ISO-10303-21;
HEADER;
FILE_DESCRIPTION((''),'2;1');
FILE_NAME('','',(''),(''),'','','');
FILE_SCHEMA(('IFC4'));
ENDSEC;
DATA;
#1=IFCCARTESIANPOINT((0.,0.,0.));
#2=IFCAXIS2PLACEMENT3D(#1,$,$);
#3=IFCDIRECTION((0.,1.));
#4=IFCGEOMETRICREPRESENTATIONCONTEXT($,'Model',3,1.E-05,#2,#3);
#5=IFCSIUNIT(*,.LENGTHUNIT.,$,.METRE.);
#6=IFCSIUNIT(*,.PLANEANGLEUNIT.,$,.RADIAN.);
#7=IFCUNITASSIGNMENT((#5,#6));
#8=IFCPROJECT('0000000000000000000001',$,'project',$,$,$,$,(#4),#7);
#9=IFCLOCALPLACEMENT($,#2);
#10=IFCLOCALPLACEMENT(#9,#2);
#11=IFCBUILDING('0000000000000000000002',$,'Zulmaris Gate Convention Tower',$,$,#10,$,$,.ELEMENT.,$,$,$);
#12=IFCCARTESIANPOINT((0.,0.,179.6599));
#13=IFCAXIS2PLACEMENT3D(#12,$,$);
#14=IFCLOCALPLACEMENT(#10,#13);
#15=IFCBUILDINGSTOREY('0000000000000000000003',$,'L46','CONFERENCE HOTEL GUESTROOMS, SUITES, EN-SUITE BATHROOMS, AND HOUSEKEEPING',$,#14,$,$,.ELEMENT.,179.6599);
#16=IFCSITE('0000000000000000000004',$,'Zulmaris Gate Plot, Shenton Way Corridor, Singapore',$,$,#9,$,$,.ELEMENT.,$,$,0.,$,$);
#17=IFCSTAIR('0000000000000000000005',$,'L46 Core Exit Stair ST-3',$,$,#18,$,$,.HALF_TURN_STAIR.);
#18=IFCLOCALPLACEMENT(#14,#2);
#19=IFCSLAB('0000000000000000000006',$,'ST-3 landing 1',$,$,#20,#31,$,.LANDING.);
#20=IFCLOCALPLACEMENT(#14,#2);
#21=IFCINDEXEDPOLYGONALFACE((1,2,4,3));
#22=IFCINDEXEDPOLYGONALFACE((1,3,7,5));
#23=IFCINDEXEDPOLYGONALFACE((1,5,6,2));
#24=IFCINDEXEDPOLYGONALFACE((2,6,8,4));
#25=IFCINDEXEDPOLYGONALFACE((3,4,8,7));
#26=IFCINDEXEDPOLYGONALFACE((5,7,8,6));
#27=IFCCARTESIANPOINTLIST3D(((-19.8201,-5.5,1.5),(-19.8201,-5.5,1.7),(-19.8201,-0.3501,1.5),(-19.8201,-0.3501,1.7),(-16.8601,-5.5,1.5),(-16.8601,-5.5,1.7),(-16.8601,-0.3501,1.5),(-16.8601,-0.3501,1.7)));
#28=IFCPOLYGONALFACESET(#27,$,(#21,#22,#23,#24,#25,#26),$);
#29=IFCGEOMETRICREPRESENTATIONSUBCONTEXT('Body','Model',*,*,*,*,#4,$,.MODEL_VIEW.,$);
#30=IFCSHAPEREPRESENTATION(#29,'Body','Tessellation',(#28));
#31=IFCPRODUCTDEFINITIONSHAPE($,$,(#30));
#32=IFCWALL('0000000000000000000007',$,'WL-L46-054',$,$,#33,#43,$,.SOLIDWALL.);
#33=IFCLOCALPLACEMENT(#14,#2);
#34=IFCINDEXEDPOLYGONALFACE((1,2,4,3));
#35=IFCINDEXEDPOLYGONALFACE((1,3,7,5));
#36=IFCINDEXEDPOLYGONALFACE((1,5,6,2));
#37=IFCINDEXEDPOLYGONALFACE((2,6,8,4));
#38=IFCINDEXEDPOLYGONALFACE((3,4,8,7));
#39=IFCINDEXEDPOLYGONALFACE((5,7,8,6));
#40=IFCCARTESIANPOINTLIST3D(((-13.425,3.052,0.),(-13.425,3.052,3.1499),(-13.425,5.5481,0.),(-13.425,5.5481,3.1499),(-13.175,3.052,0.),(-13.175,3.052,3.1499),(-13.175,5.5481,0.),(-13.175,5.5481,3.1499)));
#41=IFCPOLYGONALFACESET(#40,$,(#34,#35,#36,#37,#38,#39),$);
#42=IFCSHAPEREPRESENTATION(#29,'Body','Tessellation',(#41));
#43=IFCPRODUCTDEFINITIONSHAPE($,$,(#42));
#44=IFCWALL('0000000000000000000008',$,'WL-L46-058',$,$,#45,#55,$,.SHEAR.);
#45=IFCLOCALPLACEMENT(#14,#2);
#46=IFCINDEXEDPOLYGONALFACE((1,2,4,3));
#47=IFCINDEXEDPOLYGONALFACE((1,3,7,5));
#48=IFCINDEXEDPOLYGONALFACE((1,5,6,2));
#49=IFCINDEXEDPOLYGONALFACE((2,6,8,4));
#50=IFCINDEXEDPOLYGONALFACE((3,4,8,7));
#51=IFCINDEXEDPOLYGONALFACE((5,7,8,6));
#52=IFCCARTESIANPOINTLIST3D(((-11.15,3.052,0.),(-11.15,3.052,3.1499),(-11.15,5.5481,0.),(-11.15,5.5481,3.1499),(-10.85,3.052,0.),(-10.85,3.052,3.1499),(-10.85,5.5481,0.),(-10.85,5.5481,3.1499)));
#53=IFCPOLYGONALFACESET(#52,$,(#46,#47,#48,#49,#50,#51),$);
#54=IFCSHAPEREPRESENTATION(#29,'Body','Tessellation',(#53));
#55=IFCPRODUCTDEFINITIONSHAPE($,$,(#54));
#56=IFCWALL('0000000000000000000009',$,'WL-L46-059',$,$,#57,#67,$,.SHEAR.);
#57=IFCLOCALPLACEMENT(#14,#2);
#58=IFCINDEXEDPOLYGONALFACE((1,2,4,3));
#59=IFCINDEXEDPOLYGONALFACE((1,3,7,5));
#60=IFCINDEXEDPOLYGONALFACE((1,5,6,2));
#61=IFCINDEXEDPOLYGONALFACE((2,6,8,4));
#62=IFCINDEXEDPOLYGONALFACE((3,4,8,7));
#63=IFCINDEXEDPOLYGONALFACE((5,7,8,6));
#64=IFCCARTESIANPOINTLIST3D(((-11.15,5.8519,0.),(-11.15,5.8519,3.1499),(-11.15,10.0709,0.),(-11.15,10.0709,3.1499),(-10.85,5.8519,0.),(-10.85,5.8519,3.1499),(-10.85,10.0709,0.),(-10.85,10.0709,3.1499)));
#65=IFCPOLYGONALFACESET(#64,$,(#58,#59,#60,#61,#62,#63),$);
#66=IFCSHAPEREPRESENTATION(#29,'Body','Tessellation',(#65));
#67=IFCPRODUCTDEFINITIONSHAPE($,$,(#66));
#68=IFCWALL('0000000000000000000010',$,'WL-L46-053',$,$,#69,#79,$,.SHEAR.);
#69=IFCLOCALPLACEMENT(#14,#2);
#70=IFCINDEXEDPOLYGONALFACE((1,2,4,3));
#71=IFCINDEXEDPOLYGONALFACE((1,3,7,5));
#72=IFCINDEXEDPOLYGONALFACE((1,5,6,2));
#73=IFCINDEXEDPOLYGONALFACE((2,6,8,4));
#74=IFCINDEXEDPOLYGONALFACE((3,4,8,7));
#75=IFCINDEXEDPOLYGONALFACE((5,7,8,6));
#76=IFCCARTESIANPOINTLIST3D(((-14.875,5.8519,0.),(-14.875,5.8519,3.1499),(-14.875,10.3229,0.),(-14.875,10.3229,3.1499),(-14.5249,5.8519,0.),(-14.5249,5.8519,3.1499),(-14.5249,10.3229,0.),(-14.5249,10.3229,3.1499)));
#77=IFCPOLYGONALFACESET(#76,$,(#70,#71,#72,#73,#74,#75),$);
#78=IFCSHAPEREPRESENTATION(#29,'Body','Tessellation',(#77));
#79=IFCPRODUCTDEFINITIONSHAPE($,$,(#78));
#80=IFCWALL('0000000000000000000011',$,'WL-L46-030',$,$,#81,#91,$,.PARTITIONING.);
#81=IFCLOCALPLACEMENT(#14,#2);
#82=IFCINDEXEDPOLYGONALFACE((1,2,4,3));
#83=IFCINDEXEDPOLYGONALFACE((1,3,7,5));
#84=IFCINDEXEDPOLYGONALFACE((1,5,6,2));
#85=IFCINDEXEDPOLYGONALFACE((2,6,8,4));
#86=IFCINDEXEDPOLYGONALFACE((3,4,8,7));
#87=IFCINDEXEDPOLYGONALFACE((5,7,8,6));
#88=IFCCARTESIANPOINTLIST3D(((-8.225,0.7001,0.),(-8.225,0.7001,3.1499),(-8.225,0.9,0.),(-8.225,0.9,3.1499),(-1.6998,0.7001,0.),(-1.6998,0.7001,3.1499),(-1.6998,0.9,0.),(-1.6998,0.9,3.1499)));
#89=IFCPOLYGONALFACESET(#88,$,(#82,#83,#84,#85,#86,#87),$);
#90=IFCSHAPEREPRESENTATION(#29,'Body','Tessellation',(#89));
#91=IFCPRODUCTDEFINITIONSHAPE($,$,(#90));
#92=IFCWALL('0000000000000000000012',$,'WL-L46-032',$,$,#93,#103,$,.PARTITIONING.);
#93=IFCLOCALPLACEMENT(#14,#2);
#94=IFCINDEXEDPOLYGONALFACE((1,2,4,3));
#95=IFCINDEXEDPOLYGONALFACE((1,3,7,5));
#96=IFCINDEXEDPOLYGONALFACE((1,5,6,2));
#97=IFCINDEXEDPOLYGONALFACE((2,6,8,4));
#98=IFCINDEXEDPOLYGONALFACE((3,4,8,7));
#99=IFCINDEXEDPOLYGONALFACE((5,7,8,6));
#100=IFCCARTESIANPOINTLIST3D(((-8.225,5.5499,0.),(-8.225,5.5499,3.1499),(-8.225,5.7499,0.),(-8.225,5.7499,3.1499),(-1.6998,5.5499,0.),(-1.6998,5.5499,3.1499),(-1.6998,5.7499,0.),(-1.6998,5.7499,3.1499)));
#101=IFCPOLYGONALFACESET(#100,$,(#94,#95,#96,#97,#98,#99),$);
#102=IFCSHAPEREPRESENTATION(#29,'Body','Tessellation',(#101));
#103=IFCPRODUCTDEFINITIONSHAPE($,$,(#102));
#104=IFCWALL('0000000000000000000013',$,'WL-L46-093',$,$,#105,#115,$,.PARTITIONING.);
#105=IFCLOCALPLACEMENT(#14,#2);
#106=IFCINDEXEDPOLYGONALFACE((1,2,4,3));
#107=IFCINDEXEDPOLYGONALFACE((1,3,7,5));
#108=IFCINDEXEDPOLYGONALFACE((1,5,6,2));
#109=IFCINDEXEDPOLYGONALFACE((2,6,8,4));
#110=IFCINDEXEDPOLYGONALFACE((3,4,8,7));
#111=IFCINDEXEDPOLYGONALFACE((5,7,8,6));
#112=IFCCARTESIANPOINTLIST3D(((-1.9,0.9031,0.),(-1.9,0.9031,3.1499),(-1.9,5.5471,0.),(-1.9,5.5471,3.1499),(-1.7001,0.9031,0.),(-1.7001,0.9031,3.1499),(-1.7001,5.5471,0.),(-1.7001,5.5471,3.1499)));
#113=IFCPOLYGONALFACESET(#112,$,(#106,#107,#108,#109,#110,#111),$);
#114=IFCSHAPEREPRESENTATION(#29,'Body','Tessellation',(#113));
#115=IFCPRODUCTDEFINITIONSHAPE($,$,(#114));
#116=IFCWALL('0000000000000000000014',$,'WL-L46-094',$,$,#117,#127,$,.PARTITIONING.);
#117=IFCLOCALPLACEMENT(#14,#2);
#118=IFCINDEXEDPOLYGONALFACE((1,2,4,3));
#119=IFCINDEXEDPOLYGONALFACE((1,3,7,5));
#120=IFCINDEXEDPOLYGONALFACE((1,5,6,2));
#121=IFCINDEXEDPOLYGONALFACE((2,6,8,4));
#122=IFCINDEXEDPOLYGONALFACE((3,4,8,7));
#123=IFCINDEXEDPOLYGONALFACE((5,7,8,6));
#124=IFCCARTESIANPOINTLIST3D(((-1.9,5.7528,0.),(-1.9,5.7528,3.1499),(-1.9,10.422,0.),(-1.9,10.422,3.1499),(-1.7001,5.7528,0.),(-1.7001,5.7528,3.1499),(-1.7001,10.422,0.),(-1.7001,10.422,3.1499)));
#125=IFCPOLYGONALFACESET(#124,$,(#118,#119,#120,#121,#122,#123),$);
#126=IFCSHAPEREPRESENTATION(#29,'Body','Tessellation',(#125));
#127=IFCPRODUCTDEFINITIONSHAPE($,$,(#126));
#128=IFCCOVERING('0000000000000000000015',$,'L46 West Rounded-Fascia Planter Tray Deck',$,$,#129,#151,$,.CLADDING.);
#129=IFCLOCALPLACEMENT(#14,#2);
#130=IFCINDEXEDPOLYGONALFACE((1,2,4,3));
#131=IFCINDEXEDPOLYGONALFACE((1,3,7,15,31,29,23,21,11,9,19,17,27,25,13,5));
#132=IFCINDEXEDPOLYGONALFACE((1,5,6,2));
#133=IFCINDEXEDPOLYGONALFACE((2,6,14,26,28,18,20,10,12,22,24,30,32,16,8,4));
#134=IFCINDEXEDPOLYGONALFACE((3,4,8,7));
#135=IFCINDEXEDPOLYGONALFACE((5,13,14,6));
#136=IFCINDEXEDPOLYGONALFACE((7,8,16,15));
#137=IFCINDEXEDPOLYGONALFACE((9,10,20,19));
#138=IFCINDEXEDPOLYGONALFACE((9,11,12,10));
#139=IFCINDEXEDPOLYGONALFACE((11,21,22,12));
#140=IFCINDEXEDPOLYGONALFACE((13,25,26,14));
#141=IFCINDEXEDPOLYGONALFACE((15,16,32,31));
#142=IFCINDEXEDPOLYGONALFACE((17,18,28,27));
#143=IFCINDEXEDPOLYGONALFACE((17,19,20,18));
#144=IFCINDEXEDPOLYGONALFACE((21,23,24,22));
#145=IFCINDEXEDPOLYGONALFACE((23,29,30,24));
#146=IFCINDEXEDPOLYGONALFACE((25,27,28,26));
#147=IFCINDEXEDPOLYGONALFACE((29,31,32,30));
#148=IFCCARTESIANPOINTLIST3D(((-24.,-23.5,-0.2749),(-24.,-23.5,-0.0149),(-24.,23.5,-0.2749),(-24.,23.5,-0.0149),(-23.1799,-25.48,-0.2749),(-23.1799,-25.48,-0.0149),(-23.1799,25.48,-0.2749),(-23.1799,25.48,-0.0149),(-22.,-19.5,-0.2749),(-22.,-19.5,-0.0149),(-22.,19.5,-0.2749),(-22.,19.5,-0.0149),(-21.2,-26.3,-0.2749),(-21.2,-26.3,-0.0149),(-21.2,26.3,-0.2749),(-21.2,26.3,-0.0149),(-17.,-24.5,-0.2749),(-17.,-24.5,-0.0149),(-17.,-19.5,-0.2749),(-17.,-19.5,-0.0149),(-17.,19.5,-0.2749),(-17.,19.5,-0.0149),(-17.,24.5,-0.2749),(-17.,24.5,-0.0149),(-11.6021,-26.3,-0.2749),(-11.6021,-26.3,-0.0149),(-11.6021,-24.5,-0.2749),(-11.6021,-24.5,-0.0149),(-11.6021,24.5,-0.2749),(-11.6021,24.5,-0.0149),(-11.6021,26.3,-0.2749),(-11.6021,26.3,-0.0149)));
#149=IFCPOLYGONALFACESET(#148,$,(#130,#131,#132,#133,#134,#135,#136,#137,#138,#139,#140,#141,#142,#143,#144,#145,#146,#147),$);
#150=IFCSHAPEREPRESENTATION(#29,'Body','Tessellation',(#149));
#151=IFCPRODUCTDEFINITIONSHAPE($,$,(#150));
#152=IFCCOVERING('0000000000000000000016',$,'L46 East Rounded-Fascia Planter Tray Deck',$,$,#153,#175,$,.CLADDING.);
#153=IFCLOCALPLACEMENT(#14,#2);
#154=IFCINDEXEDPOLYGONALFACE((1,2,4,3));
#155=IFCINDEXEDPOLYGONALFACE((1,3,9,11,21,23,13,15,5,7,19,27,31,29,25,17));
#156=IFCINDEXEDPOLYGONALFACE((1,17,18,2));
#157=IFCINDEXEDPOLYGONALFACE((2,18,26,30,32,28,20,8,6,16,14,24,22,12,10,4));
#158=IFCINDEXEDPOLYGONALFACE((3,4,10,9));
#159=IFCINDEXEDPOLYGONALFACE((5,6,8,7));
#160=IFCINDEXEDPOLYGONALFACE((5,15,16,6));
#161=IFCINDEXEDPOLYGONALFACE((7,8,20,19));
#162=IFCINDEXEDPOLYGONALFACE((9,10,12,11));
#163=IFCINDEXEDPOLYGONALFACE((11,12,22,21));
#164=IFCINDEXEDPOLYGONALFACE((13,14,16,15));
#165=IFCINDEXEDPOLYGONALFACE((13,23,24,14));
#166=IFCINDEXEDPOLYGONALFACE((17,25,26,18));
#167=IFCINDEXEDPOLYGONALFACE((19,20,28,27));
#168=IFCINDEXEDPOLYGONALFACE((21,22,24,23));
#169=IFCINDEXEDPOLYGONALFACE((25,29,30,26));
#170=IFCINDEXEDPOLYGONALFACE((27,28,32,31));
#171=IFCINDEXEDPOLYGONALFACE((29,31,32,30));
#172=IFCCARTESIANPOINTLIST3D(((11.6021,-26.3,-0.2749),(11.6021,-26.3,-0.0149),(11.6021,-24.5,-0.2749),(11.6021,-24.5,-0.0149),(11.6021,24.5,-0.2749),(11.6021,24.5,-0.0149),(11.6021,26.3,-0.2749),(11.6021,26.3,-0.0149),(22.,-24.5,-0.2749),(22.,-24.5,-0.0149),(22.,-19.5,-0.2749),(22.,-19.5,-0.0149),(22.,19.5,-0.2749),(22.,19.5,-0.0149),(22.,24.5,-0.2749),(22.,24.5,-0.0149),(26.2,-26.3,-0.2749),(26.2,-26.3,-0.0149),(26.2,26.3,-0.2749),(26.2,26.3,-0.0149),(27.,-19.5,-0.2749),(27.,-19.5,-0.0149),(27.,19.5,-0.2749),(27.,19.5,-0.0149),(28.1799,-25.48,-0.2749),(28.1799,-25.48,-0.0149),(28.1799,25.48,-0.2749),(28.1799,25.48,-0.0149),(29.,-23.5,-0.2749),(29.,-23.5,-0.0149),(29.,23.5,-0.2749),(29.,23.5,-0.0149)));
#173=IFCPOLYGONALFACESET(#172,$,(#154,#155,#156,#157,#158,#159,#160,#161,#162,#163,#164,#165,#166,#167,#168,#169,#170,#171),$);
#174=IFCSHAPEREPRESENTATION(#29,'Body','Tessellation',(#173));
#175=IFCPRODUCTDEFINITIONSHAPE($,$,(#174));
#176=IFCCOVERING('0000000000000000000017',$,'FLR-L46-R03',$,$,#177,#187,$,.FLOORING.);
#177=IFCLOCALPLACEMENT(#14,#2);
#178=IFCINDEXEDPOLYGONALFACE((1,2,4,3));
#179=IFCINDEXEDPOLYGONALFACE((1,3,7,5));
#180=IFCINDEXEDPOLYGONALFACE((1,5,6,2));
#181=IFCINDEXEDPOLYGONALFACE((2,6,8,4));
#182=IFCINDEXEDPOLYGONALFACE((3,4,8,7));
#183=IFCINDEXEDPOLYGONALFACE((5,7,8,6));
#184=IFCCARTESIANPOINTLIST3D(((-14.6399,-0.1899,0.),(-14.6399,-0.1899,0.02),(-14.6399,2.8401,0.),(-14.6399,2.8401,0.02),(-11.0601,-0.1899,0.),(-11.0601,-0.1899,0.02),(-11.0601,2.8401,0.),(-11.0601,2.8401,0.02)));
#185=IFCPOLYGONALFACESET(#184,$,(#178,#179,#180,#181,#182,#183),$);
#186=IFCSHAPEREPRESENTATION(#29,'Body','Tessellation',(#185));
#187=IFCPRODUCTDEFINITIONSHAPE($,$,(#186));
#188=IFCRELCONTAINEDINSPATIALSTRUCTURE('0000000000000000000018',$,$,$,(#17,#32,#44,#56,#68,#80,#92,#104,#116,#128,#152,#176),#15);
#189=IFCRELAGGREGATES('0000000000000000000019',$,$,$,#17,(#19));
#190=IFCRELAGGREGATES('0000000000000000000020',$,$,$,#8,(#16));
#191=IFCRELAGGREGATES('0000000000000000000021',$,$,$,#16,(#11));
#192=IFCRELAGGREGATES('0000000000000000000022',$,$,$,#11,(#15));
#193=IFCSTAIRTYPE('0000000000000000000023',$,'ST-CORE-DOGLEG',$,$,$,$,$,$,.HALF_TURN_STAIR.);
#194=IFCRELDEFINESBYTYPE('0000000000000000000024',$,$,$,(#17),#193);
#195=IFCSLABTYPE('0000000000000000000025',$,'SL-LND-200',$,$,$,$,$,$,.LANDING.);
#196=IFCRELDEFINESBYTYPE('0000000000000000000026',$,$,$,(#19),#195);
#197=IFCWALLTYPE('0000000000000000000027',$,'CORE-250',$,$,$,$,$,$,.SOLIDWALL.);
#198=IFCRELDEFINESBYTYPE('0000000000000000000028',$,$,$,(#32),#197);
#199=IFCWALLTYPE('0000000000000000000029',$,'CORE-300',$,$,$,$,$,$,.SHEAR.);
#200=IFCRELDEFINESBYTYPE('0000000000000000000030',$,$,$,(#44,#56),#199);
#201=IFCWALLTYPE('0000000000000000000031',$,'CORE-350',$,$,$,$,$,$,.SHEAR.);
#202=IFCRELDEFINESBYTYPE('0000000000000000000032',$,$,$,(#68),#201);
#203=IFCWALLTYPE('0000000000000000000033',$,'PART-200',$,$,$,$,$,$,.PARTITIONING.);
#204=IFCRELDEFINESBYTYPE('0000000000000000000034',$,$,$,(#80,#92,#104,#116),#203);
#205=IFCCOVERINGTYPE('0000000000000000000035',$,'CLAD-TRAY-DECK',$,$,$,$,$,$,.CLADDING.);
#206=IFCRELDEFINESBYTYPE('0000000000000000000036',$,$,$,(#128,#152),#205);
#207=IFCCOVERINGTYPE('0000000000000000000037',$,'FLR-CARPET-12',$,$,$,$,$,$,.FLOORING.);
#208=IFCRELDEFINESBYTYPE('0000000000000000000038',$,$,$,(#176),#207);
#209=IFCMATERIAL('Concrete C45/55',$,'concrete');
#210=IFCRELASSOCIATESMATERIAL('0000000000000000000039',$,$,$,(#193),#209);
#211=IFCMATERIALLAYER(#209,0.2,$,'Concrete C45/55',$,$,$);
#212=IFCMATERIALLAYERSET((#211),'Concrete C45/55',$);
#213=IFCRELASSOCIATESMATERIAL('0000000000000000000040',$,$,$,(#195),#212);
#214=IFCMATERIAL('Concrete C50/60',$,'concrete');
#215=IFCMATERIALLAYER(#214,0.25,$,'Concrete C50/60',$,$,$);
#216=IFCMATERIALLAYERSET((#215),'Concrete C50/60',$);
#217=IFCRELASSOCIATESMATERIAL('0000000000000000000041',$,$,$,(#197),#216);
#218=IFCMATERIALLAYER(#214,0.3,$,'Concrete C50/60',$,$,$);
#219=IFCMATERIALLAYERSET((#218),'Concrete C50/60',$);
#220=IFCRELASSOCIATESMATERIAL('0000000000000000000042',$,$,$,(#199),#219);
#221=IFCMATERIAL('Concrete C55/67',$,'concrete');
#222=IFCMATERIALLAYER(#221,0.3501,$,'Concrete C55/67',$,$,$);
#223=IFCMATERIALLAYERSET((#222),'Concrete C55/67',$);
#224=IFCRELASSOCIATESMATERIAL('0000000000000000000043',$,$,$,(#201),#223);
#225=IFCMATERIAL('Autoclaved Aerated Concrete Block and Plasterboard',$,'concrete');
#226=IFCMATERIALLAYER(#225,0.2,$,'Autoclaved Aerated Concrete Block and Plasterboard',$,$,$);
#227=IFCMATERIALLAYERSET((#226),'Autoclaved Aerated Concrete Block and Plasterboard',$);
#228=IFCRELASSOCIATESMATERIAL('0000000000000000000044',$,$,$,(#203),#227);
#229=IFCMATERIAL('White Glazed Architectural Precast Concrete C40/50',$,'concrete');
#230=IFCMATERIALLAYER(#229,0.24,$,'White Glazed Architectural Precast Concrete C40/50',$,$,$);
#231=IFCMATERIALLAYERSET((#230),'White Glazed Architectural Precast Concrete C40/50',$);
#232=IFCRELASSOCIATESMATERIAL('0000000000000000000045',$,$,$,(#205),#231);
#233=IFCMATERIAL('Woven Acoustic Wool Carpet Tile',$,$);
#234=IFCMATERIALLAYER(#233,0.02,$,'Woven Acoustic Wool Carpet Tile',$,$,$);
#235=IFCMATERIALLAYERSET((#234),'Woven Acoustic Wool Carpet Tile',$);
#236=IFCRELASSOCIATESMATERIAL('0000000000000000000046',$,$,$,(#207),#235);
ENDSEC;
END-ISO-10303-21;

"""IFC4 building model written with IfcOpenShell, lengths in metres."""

from ifc_helpers import new_model, si_unit, direction, frame, frame_2d, origin, place, context, subcontext, project, spatial, polyline, rectangle, outline, extrude, material, layer, layer_set, type_object, element, aggregate, save


model = new_model("IFC4")

# Units and contexts
model_context = context("Model", 3, precision=1e-05, world=origin(), true_north=direction((0.0, 1.0)))
body_context = subcontext(model_context, "Body", "Model", "MODEL_VIEW")
ifc_project = project(units=[si_unit("LENGTHUNIT", "METRE"), si_unit("PLANEANGLEUNIT", "RADIAN")], contexts=[model_context])

# Site, building, storey
site_placement = place(None, origin())
site = spatial("IfcSite", under=ifc_project, at=site_placement, Name="Zulmaris Gate Plot, Shenton Way Corridor, Singapore", CompositionType="ELEMENT", RefElevation=0.0)
building_placement = place(site_placement, origin())
building = spatial("IfcBuilding", under=site, at=building_placement, Name="Zulmaris Gate Convention Tower", CompositionType="ELEMENT")
storey_placement = place(building_placement, frame((0.0, 0.0, 179.6599)))
storey = spatial("IfcBuildingStorey", under=building, at=storey_placement, Name="L46", Description="CONFERENCE HOTEL GUESTROOMS, SUITES, EN-SUITE BATHROOMS, AND HOUSEKEEPING", CompositionType="ELEMENT", Elevation=179.6599)

# Shared definitions
ifc_material_1 = material(Name="Concrete C50/60", Category="concrete")

# Stair, slab
ifc_material_2 = material(Name="Concrete C45/55", Category="concrete")
stair_type = type_object("IfcStairType", Name="ST-CORE-DOGLEG", PredefinedType="HALF_TURN_STAIR", material=ifc_material_2)
ifc_layer_1 = layer(ifc_material_2, 0.2, Name="Concrete C45/55")
ifc_layer_set_1 = layer_set([ifc_layer_1], Name="Concrete C45/55")
slab_type_1 = type_object("IfcSlabType", Name="SL-LND-200", PredefinedType="LANDING", material=ifc_layer_set_1)
stair_1_placement = place(storey_placement, origin())
stair_1 = element("IfcStair", 1, at=stair_1_placement, inside=storey, type_object=stair_type, Name="L46 Core Exit Stair ST-3", PredefinedType="HALF_TURN_STAIR")
slab_1_placement = place(storey_placement, frame((0.0, 0.0, 1.5)))
slab_1 = element("IfcSlab", 2, at=slab_1_placement, type_object=slab_type_1, Name="ST-3 landing 1", PredefinedType="LANDING", context=body_context, shape_type="SweptSolid", body=[
    extrude(outline(polyline([(-16.8601, -5.5), (-16.8601, -0.3501), (-19.8201, -0.3501), (-19.8201, -5.5), (-16.8601, -5.5)])), origin(), (0.0, 0.0, 1.0), 0.2),
])
aggregate(stair_1, [slab_1])

# Wall
ifc_layer_2 = layer(ifc_material_1, 0.25, Name="Concrete C50/60")
ifc_layer_set_2 = layer_set([ifc_layer_2], Name="Concrete C50/60")
wall_type_1 = type_object("IfcWallType", Name="CORE-250", PredefinedType="SOLIDWALL", material=ifc_layer_set_2)
wall_1_placement = place(storey_placement, frame((-13.3, 3.052, 0.0), z_axis=(0.0, 0.0, 1.0), x_axis=(0.0, 1.0, 0.0)))
element("IfcWall", 3, at=wall_1_placement, inside=storey, type_object=wall_type_1, Name="WL-L46-054", PredefinedType="SOLIDWALL", context=body_context, shape_type="SweptSolid", body=[
    extrude(rectangle(XDim=2.4961, YDim=0.25, at=frame_2d((1.248, 0.0))), origin(), (0.0, 0.0, 1.0), 3.1499),
])

# Shared definitions
ifc_layer_3 = layer(ifc_material_1, 0.3, Name="Concrete C50/60")
ifc_layer_set_3 = layer_set([ifc_layer_3], Name="Concrete C50/60")
wall_type_2 = type_object("IfcWallType", Name="CORE-300", PredefinedType="SHEAR", material=ifc_layer_set_3)

# Walls
wall_2_placement = place(storey_placement, frame((-11.0, 3.052, 0.0), z_axis=(0.0, 0.0, 1.0), x_axis=(0.0, 1.0, 0.0)))
element("IfcWall", 4, at=wall_2_placement, inside=storey, type_object=wall_type_2, Name="WL-L46-058", PredefinedType="SHEAR", context=body_context, shape_type="SweptSolid", body=[
    extrude(rectangle(XDim=2.4961, YDim=0.3, at=frame_2d((1.248, 0.0))), origin(), (0.0, 0.0, 1.0), 3.1499),
])
wall_3_placement = place(storey_placement, frame((-11.0, 5.8521, 0.0), z_axis=(0.0, 0.0, 1.0), x_axis=(0.0, 1.0, 0.0)))
element("IfcWall", 5, at=wall_3_placement, inside=storey, type_object=wall_type_2, Name="WL-L46-059", PredefinedType="SHEAR", context=body_context, shape_type="SweptSolid", body=[
    extrude(rectangle(XDim=4.219, YDim=0.3, at=frame_2d((2.1094, 0.0))), origin(), (0.0, 0.0, 1.0), 3.1499),
])
ifc_material_3 = material(Name="Concrete C55/67", Category="concrete")
ifc_layer_4 = layer(ifc_material_3, 0.3501, Name="Concrete C55/67")
ifc_layer_set_4 = layer_set([ifc_layer_4], Name="Concrete C55/67")
wall_type_3 = type_object("IfcWallType", Name="CORE-350", PredefinedType="SHEAR", material=ifc_layer_set_4)
wall_4_placement = place(storey_placement, frame((-14.7, 5.8521, 0.0), z_axis=(0.0, 0.0, 1.0), x_axis=(0.0, 1.0, 0.0)))
element("IfcWall", 6, at=wall_4_placement, inside=storey, type_object=wall_type_3, Name="WL-L46-053", PredefinedType="SHEAR", context=body_context, shape_type="SweptSolid", body=[
    extrude(rectangle(XDim=4.4709, YDim=0.3501, at=frame_2d((2.2354, 0.0))), origin(), (0.0, 0.0, 1.0), 3.1499),
])

# Walls
ifc_material_4 = material(Name="Autoclaved Aerated Concrete Block and Plasterboard", Category="concrete")
ifc_layer_5 = layer(ifc_material_4, 0.2, Name="Autoclaved Aerated Concrete Block and Plasterboard")
ifc_layer_set_5 = layer_set([ifc_layer_5], Name="Autoclaved Aerated Concrete Block and Plasterboard")
wall_type_4 = type_object("IfcWallType", Name="PART-200", PredefinedType="PARTITIONING", material=ifc_layer_set_5)
for number, where, z_axis, x_axis, name in (
    (7, (-8.2251, 0.8, 0.0), (0.0, 0.0, 1.0), (1.0, 0.0, 0.0), "WL-L46-030"),
    (8, (-8.2251, 5.6499, 0.0), (0.0, 0.0, 1.0), (1.0, 0.0, 0.0), "WL-L46-032"),
):
    element("IfcWall", number, at=place(storey_placement, frame(where, z_axis=z_axis, x_axis=x_axis)), inside=storey, type_object=wall_type_4, Name=name, PredefinedType="PARTITIONING", context=body_context, shape_type="SweptSolid", body=[
        extrude(rectangle(XDim=6.5251, YDim=0.2, at=frame_2d((3.2627, 0.0))), origin(), (0.0, 0.0, 1.0), 3.1499),
    ])
wall_5_placement = place(storey_placement, frame((-1.8, 0.9031, 0.0), z_axis=(0.0, 0.0, 1.0), x_axis=(0.0, 1.0, 0.0)))
element("IfcWall", 9, at=wall_5_placement, inside=storey, type_object=wall_type_4, Name="WL-L46-093", PredefinedType="PARTITIONING", context=body_context, shape_type="SweptSolid", body=[
    extrude(rectangle(XDim=4.644, YDim=0.2, at=frame_2d((2.322, 0.0))), origin(), (0.0, 0.0, 1.0), 3.1499),
])
wall_6_placement = place(storey_placement, frame((-1.8, 5.7529, 0.0), z_axis=(0.0, 0.0, 1.0), x_axis=(0.0, 1.0, 0.0)))
element("IfcWall", 10, at=wall_6_placement, inside=storey, type_object=wall_type_4, Name="WL-L46-094", PredefinedType="PARTITIONING", context=body_context, shape_type="SweptSolid", body=[
    extrude(rectangle(XDim=4.6692, YDim=0.2, at=frame_2d((2.3345, 0.0))), origin(), (0.0, 0.0, 1.0), 3.1499),
])

# Coverings
ifc_material_5 = material(Name="White Glazed Architectural Precast Concrete C40/50", Category="concrete")
ifc_layer_6 = layer(ifc_material_5, 0.24, Name="White Glazed Architectural Precast Concrete C40/50")
ifc_layer_set_6 = layer_set([ifc_layer_6], Name="White Glazed Architectural Precast Concrete C40/50")
covering_type_1 = type_object("IfcCoveringType", Name="CLAD-TRAY-DECK", PredefinedType="CLADDING", material=ifc_layer_set_6)
covering_1_placement = place(storey_placement, frame((0.0, 0.0, -0.2749)))
element("IfcCovering", 11, at=covering_1_placement, inside=storey, type_object=covering_type_1, Name="L46 West Rounded-Fascia Planter Tray Deck", PredefinedType="CLADDING", context=body_context, shape_type="SweptSolid", body=[
    extrude(outline(polyline([(-24.0, 23.5), (-23.1799, 25.48), (-21.2, 26.3), (-11.6021, 26.3), (-11.6021, 24.5), (-17.0, 24.5), (-17.0, 19.5), (-22.0, 19.5), (-22.0, -19.5), (-17.0, -19.5), (-17.0, -24.5), (-11.6021, -24.5), (-11.6021, -26.3), (-21.2, -26.3), (-23.1799, -25.48), (-24.0, -23.5), (-24.0, 23.5)])), origin(), (0.0, 0.0, 1.0), 0.26),
])
covering_2_placement = place(storey_placement, frame((0.0, 0.0, -0.2749)))
element("IfcCovering", 12, at=covering_2_placement, inside=storey, type_object=covering_type_1, Name="L46 East Rounded-Fascia Planter Tray Deck", PredefinedType="CLADDING", context=body_context, shape_type="SweptSolid", body=[
    extrude(outline(polyline([(26.2, 26.3), (28.1799, 25.48), (29.0, 23.5), (29.0, -23.5), (28.1799, -25.48), (26.2, -26.3), (11.6021, -26.3), (11.6021, -24.5), (22.0, -24.5), (22.0, -19.5), (27.0, -19.5), (27.0, 19.5), (22.0, 19.5), (22.0, 24.5), (11.6021, 24.5), (11.6021, 26.3), (26.2, 26.3)])), origin(), (0.0, 0.0, 1.0), 0.26),
])
ifc_material_6 = material(Name="Woven Acoustic Wool Carpet Tile")
ifc_layer_7 = layer(ifc_material_6, 0.02, Name="Woven Acoustic Wool Carpet Tile")
ifc_layer_set_7 = layer_set([ifc_layer_7], Name="Woven Acoustic Wool Carpet Tile")
covering_type_2 = type_object("IfcCoveringType", Name="FLR-CARPET-12", PredefinedType="FLOORING", material=ifc_layer_set_7)
covering_3_placement = place(storey_placement, origin())
element("IfcCovering", 13, at=covering_3_placement, inside=storey, type_object=covering_type_2, Name="FLR-L46-R03", PredefinedType="FLOORING", context=body_context, shape_type="SweptSolid", body=[
    extrude(outline(polyline([(-14.6399, -0.1899), (-11.0601, -0.1899), (-11.0601, 2.8401), (-14.6399, 2.8401), (-14.6399, -0.1899)])), origin(), (0.0, 0.0, 1.0), 0.02),
])

save(model, "model.ifc")
